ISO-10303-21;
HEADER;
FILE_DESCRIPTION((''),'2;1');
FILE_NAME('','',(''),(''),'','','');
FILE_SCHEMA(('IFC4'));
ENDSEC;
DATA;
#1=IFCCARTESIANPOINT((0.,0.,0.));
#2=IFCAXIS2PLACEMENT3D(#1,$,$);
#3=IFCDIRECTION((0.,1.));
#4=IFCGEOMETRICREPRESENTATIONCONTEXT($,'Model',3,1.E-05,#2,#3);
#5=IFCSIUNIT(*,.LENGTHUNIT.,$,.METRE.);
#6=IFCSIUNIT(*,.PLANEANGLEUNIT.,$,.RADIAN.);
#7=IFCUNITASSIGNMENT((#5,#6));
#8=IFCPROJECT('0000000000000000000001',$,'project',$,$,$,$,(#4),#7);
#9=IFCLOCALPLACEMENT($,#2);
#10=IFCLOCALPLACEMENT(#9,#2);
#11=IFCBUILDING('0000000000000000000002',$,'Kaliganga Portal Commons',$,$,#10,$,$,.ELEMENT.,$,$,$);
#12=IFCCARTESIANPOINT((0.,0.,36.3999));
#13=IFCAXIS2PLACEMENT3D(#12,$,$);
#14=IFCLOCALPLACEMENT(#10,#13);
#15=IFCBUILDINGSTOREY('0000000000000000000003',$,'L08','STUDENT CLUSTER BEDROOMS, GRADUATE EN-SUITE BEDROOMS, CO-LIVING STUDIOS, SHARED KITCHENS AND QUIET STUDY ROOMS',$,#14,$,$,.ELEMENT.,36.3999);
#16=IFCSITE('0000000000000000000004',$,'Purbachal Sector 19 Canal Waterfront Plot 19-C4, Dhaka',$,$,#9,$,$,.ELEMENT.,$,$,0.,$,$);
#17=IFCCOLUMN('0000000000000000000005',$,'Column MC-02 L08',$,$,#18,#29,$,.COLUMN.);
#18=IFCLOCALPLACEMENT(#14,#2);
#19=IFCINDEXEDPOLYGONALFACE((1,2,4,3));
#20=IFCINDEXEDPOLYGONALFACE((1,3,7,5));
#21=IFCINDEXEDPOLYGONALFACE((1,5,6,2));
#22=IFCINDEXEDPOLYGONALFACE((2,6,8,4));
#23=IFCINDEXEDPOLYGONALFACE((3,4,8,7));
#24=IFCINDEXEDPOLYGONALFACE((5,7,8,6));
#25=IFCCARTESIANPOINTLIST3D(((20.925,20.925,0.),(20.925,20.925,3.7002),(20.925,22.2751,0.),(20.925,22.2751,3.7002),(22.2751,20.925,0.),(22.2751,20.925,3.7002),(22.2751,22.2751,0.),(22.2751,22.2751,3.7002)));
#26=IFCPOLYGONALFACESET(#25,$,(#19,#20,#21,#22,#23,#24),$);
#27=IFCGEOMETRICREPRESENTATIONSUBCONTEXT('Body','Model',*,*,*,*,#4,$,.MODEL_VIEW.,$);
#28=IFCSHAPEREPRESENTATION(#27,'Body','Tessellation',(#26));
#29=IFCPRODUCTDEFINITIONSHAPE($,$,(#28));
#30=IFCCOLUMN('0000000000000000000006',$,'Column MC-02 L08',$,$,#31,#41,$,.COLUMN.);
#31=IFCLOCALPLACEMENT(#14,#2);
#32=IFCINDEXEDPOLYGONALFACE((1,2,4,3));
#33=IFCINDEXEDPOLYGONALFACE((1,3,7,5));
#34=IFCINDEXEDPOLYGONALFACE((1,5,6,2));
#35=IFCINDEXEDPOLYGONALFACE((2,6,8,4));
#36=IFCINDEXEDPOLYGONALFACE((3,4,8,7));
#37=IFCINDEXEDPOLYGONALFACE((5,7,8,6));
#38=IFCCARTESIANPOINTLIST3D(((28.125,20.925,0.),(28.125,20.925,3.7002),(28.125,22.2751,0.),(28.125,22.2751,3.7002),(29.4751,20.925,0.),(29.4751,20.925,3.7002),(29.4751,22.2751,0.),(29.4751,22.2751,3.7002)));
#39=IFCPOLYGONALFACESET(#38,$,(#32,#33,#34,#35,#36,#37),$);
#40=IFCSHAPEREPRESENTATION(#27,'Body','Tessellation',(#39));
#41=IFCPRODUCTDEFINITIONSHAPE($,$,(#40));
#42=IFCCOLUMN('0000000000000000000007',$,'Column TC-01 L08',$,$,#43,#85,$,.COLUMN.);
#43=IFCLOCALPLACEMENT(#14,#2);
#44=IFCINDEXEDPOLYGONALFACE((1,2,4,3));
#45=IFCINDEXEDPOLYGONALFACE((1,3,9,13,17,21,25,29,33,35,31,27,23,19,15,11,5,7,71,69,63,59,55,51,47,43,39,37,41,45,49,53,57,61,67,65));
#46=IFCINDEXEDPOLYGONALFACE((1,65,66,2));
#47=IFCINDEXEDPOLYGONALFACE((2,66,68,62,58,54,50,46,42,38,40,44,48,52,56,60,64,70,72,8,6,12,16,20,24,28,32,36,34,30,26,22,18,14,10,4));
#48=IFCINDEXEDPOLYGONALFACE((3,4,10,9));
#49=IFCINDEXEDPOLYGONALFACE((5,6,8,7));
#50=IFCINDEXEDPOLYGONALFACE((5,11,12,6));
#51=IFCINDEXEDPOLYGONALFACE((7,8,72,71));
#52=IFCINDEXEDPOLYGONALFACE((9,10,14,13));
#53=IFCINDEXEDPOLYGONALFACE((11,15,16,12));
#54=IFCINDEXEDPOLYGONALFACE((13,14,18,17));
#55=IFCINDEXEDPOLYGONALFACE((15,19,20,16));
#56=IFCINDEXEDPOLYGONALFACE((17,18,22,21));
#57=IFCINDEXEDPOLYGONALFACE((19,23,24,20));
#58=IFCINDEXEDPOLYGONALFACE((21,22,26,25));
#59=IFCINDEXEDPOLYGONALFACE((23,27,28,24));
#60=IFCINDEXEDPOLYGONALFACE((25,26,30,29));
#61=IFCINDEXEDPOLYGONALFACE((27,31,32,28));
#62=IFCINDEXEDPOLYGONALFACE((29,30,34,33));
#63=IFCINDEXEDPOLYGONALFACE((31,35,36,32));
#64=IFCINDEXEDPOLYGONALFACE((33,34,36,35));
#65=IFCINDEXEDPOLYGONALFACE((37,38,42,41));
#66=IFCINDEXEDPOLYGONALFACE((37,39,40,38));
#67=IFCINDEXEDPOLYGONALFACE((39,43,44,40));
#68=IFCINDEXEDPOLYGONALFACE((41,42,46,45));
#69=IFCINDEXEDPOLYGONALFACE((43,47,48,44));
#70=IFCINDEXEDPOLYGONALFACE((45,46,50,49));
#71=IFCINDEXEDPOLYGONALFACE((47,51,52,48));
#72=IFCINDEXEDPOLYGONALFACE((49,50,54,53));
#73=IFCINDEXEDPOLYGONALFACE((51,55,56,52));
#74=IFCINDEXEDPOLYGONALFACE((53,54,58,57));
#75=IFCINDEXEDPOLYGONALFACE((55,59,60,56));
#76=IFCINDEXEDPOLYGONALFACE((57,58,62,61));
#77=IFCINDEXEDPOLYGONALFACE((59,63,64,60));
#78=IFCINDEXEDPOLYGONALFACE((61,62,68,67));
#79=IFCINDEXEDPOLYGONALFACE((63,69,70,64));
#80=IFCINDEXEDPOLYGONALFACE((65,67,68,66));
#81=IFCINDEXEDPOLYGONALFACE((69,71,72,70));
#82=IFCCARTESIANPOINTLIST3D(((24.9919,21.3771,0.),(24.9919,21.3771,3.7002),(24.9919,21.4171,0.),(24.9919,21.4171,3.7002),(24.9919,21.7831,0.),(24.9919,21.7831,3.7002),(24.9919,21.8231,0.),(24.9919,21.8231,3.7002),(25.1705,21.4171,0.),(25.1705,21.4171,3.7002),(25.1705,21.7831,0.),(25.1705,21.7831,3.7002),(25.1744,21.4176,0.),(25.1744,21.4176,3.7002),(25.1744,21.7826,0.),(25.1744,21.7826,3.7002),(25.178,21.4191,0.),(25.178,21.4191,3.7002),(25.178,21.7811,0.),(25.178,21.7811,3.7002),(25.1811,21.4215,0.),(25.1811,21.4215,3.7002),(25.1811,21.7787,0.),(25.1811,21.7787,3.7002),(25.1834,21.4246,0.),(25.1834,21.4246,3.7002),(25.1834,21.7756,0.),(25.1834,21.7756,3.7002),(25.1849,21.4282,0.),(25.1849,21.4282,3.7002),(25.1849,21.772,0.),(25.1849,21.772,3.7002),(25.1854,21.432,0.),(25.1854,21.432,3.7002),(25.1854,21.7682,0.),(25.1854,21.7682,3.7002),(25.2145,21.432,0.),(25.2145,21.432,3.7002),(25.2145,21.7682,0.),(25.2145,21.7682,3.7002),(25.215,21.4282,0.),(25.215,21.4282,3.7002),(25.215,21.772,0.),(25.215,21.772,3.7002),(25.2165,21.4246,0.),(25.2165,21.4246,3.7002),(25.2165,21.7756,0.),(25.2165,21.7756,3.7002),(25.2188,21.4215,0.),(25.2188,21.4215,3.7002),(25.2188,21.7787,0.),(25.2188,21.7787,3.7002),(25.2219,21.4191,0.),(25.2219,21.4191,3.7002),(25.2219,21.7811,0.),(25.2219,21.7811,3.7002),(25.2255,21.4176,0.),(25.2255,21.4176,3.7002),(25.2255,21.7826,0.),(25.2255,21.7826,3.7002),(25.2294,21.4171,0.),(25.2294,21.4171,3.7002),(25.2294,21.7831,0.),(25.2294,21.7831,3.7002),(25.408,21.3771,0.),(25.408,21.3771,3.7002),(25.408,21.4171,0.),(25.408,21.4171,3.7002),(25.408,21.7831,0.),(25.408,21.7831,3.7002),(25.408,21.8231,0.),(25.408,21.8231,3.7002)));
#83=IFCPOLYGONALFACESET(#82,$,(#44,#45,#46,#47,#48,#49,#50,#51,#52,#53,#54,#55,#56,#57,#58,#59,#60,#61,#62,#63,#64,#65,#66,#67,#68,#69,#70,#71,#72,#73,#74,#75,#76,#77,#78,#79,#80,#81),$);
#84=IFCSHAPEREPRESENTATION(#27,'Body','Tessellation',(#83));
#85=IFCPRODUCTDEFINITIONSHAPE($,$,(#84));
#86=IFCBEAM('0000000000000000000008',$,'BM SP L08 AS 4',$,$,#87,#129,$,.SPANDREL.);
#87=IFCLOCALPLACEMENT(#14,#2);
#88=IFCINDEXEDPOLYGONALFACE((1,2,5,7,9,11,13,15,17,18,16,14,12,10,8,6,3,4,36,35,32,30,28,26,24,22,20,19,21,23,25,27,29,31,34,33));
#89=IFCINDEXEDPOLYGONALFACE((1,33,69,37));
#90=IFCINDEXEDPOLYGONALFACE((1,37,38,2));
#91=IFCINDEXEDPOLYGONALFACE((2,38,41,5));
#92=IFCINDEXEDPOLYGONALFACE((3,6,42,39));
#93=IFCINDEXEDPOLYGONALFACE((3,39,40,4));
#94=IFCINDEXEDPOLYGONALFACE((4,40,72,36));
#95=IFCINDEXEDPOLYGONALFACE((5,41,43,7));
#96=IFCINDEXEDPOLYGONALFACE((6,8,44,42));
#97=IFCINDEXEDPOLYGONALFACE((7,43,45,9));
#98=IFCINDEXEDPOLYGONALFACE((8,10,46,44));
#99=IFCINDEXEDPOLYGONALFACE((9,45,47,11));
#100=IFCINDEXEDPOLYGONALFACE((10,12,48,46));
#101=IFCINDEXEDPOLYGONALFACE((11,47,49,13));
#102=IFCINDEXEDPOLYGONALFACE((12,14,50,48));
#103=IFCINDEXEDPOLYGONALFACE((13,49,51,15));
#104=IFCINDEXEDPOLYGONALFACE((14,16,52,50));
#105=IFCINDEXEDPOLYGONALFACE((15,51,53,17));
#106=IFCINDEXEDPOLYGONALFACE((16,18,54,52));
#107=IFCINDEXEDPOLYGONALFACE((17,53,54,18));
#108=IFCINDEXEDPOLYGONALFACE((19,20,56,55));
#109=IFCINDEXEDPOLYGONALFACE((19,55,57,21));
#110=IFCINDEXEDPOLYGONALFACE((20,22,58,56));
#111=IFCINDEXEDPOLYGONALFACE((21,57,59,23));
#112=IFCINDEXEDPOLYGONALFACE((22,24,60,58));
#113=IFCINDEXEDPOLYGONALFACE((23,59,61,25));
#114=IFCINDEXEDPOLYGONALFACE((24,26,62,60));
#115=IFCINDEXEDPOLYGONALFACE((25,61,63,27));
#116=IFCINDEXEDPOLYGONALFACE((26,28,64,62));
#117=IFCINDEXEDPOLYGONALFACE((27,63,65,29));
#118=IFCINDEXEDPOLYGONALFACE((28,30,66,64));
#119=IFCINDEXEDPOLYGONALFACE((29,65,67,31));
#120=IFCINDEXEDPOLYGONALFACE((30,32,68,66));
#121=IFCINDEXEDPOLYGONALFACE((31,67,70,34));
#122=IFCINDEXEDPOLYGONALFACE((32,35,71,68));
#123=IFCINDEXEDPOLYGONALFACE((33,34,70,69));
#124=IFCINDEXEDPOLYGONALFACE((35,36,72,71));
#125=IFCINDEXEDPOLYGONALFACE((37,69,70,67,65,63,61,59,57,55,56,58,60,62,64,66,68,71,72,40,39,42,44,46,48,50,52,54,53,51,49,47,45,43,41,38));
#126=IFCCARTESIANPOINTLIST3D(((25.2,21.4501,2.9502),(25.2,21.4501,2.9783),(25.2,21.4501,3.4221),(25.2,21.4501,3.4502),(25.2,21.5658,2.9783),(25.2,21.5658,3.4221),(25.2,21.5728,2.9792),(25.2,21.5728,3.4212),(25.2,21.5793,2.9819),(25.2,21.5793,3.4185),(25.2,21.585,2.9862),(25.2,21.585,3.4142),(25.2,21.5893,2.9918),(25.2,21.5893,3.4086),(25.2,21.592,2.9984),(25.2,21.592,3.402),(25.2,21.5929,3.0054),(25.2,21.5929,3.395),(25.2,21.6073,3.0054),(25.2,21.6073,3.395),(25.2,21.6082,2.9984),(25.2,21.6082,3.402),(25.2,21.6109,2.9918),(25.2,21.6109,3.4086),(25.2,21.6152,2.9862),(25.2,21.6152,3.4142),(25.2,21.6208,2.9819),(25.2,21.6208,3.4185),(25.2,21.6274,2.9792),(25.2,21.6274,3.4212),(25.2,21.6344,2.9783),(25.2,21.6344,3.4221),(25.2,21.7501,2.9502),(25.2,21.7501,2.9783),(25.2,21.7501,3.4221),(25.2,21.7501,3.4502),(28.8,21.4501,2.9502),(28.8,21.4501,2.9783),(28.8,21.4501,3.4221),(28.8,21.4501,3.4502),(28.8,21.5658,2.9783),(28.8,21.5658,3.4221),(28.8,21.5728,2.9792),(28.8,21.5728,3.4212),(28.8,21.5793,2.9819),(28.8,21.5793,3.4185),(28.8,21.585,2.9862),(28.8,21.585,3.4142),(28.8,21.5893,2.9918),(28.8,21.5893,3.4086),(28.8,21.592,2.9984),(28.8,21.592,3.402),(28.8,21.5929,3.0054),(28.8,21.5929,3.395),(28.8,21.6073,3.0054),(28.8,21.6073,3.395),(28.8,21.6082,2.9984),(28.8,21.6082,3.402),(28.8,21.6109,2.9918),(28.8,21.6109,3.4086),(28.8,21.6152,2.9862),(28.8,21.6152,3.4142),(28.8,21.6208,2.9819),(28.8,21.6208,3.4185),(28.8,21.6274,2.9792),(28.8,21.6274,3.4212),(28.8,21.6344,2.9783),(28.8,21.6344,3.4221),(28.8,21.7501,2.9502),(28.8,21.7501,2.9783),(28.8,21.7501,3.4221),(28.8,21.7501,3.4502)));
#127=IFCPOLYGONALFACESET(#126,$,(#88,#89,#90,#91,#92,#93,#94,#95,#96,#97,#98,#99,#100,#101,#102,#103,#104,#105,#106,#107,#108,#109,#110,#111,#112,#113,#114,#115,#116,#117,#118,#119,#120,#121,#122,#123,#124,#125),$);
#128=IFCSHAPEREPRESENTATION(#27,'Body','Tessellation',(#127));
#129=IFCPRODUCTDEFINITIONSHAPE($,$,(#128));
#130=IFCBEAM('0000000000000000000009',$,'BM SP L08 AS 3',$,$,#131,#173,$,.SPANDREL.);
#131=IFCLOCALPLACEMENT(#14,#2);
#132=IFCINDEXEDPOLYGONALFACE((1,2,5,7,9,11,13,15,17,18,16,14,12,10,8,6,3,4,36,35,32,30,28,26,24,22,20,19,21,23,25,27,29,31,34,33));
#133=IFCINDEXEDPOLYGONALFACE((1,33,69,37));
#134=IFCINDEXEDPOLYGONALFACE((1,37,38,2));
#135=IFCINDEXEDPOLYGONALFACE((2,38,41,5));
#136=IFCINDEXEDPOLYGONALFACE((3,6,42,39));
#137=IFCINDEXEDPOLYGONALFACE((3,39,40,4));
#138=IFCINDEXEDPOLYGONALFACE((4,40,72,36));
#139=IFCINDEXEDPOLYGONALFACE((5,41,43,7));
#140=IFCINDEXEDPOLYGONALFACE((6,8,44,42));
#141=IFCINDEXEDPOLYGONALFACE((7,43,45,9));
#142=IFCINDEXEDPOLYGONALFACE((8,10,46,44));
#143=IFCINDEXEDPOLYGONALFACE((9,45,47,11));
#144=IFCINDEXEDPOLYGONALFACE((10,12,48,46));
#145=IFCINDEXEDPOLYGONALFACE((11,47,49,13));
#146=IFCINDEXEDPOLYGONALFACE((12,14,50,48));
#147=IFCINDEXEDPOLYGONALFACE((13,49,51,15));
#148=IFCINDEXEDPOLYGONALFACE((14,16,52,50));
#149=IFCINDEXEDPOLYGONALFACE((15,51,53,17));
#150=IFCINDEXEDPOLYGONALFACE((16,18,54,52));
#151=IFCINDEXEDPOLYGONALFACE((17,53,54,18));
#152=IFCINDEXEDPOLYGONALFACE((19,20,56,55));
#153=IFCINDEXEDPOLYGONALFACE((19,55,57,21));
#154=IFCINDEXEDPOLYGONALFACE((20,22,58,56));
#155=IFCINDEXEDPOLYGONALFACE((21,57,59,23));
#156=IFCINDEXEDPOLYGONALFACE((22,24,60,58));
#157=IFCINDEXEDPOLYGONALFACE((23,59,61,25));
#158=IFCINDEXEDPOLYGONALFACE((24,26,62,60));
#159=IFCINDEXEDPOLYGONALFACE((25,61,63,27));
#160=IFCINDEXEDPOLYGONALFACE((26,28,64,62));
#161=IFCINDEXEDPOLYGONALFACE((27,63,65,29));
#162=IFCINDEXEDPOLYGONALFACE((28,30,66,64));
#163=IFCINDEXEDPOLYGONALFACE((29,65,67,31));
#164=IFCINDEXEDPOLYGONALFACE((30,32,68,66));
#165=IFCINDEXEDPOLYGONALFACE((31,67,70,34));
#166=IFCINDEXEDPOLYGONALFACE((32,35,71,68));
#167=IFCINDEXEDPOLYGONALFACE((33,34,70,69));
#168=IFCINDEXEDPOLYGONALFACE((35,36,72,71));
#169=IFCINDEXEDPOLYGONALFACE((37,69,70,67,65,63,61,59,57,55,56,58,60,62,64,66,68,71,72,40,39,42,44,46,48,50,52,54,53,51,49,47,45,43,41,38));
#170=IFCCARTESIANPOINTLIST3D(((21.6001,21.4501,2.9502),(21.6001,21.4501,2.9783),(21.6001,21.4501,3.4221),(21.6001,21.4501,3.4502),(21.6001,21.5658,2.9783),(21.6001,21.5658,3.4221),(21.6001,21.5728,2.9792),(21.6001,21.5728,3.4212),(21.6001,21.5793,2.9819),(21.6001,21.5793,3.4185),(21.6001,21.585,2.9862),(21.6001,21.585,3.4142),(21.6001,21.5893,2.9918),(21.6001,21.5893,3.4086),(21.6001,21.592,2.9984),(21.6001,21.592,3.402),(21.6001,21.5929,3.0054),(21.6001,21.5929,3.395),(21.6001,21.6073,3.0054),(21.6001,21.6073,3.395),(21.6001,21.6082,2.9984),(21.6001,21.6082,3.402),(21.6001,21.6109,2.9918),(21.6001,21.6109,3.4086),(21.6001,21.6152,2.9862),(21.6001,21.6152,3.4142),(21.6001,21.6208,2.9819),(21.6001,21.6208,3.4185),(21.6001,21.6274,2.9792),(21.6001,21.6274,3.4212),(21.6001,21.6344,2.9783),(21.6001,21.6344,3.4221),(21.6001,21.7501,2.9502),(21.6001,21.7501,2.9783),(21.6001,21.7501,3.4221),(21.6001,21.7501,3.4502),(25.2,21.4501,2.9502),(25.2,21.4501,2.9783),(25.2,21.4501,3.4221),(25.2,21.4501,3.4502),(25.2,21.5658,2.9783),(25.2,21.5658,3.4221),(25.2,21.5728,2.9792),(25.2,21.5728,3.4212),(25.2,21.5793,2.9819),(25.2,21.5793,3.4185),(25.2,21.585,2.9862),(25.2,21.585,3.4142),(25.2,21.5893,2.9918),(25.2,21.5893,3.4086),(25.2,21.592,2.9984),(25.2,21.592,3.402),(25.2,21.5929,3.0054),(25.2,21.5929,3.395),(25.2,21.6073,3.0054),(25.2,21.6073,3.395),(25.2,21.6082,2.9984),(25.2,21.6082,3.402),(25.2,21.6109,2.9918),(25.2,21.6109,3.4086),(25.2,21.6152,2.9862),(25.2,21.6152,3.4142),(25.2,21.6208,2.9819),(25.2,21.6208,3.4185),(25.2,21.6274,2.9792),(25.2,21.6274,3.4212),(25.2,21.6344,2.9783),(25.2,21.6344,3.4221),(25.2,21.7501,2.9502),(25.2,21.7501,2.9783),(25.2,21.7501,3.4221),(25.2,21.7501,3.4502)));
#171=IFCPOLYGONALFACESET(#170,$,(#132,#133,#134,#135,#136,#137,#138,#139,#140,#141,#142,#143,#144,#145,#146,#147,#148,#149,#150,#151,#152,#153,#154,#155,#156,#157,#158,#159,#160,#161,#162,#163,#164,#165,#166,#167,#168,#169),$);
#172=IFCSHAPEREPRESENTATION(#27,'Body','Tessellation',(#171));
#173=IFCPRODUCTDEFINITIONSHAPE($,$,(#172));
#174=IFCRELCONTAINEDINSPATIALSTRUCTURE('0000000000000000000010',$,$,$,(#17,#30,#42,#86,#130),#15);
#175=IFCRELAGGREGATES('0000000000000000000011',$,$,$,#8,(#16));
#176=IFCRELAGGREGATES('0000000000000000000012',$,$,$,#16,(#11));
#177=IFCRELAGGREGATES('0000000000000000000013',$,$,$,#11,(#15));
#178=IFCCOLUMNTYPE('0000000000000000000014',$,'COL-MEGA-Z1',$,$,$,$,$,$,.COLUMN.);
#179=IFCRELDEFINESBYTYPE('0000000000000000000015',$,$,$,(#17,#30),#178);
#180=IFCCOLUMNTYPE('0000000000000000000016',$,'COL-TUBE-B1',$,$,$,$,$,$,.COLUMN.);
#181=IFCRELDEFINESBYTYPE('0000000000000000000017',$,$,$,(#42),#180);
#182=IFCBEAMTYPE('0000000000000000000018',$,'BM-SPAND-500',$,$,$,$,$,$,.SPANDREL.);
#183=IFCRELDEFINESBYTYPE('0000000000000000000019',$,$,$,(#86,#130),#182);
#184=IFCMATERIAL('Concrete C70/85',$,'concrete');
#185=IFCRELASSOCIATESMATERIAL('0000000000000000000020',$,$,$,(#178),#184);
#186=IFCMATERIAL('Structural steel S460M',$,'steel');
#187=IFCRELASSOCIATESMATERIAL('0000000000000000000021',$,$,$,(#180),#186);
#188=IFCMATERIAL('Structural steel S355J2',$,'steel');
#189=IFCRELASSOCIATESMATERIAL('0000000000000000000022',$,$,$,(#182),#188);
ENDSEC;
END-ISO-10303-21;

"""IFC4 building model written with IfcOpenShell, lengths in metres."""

from ifc_helpers import new_model, si_unit, direction, frame, origin, origin_2d, place, context, subcontext, project, spatial, rectangle, i_section, extrude, source, transform, mapped, material, material_profile, profile_set, type_object, element, save


model = new_model("IFC4")

# Units and contexts
model_context = context("Model", 3, precision=1e-05, world=origin(), true_north=direction((0.0, 1.0)))
body_context = subcontext(model_context, "Body", "Model", "MODEL_VIEW")
ifc_project = project(units=[si_unit("LENGTHUNIT", "METRE"), si_unit("PLANEANGLEUNIT", "RADIAN")], contexts=[model_context])

# Site, building, storey
site_placement = place(None, origin())
site = spatial("IfcSite", under=ifc_project, at=site_placement, Name="Purbachal Sector 19 Canal Waterfront Plot 19-C4, Dhaka", CompositionType="ELEMENT", RefElevation=0.0)
building_placement = place(site_placement, origin())
building = spatial("IfcBuilding", under=site, at=building_placement, Name="Kaliganga Portal Commons", CompositionType="ELEMENT")
storey_placement = place(building_placement, frame((0.0, 0.0, 36.3999)))
storey = spatial("IfcBuildingStorey", under=building, at=storey_placement, Name="L08", Description="STUDENT CLUSTER BEDROOMS, GRADUATE EN-SUITE BEDROOMS, CO-LIVING STUDIOS, SHARED KITCHENS AND QUIET STUDY ROOMS", CompositionType="ELEMENT", Elevation=36.3999)

# Columns
ifc_material_1 = material(Name="Concrete C70/85", Category="concrete")
ifc_material_profile_1 = material_profile(ifc_material_1, rectangle(XDim=1.3501, YDim=1.3501, at=origin_2d()), Name="RC 1350x1350")
ifc_profile_set_1 = profile_set([ifc_material_profile_1], Name="Concrete C70/85")
column_type_1 = type_object("IfcColumnType", Name="COL-MEGA-Z1", PredefinedType="COLUMN", material=ifc_profile_set_1)
shared_shape_1 = source(origin(), body_context, "Body", "SweptSolid", [
    extrude(rectangle(XDim=1.3501, YDim=1.3501, at=origin_2d()), origin(), (0.0, 0.0, 1.0), 3.7002),
])
for number, where, z_axis, x_axis, name in (
    (1, (21.6001, 21.6001, 0.0), (0.0, 0.0, 1.0), (1.0, 0.0, 0.0), "Column MC-02 L08"),
    (2, (28.8, 21.6001, 0.0), (0.0, 0.0, 1.0), (1.0, 0.0, 0.0), "Column MC-02 L08"),
):
    element("IfcColumn", number, at=place(storey_placement, frame(where, z_axis=z_axis, x_axis=x_axis)), inside=storey, type_object=column_type_1, Name=name, PredefinedType="COLUMN", context=body_context, shape_type="MappedRepresentation", body=[
        mapped(shared_shape_1, transform((0.0, 0.0, 0.0), x_axis=(1.0, 0.0, 0.0), y_axis=(0.0, 1.0, 0.0), z_axis=(0.0, 0.0, 1.0), scale=1.0)),
    ])
ifc_material_2 = material(Name="Structural steel S460M", Category="steel")
ifc_material_profile_2 = material_profile(ifc_material_2, i_section(OverallWidth=0.416, OverallDepth=0.446, WebThickness=0.0291, FlangeThickness=0.04, FilletRadius=0.0149, at=origin_2d()), Name="HD 400x509")
ifc_profile_set_2 = profile_set([ifc_material_profile_2], Name="Structural steel S460M wide-flange")
column_type_2 = type_object("IfcColumnType", Name="COL-TUBE-B1", PredefinedType="COLUMN", material=ifc_profile_set_2)
shared_shape_2 = source(origin(), body_context, "Body", "SweptSolid", [
    extrude(i_section(OverallWidth=0.416, OverallDepth=0.446, WebThickness=0.0291, FlangeThickness=0.04, FilletRadius=0.0149, at=origin_2d()), origin(), (0.0, 0.0, 1.0), 3.7002),
])
column_placement = place(storey_placement, frame((25.2, 21.6001, 0.0), z_axis=(0.0, 0.0, 1.0), x_axis=(1.0, 0.0, 0.0)))
element("IfcColumn", 3, at=column_placement, inside=storey, type_object=column_type_2, Name="Column TC-01 L08", PredefinedType="COLUMN", context=body_context, shape_type="MappedRepresentation", body=[
    mapped(shared_shape_2, transform((0.0, 0.0, 0.0), x_axis=(1.0, 0.0, 0.0), y_axis=(0.0, 1.0, 0.0), z_axis=(0.0, 0.0, 1.0), scale=1.0)),
])

# Beams
ifc_material_3 = material(Name="Structural steel S355J2", Category="steel")
ifc_material_profile_3 = material_profile(ifc_material_3, i_section(OverallWidth=0.3, OverallDepth=0.5, WebThickness=0.0144, FlangeThickness=0.0281, FilletRadius=0.0271, at=origin_2d()), Name="HE 500 B")
ifc_profile_set_3 = profile_set([ifc_material_profile_3], Name="Structural steel S355J2 wide-flange")
beam_type_1 = type_object("IfcBeamType", Name="BM-SPAND-500", PredefinedType="SPANDREL", material=ifc_profile_set_3)
shared_shape_3 = source(origin(), body_context, "Body", "SweptSolid", [
    extrude(i_section(OverallWidth=0.3, OverallDepth=0.5, WebThickness=0.0144, FlangeThickness=0.0281, FilletRadius=0.0271, at=origin_2d()), origin(), (0.0, 0.0, 1.0), 3.6001),
])
beam_1_placement = place(storey_placement, frame((25.2, 21.6001, 3.2002), z_axis=(1.0, 0.0, 0.0), x_axis=(0.0, 1.0, 0.0)))
element("IfcBeam", 4, at=beam_1_placement, inside=storey, type_object=beam_type_1, Name="BM SP L08 AS 4", PredefinedType="SPANDREL", context=body_context, shape_type="MappedRepresentation", body=[
    mapped(shared_shape_3, transform((0.0, 0.0, 0.0), x_axis=(1.0, 0.0, 0.0), y_axis=(0.0, 1.0, 0.0), z_axis=(0.0, 0.0, 1.0), scale=1.0)),
])
shared_shape_4 = source(origin(), body_context, "Body", "SweptSolid", [
    extrude(i_section(OverallWidth=0.3, OverallDepth=0.5, WebThickness=0.0144, FlangeThickness=0.0281, FilletRadius=0.0271, at=origin_2d()), origin(), (0.0, 0.0, 1.0), 3.5999),
])
for number, where, z_axis, x_axis, name in (
    (5, (21.6001, 21.6001, 3.2002), (1.0, 0.0, 0.0), (0.0, 1.0, 0.0), "BM SP L08 AS 3"),
):
    element("IfcBeam", number, at=place(storey_placement, frame(where, z_axis=z_axis, x_axis=x_axis)), inside=storey, type_object=beam_type_1, Name=name, PredefinedType="SPANDREL", context=body_context, shape_type="MappedRepresentation", body=[
        mapped(shared_shape_4, transform((0.0, 0.0, 0.0), x_axis=(1.0, 0.0, 0.0), y_axis=(0.0, 1.0, 0.0), z_axis=(0.0, 0.0, 1.0), scale=1.0)),
    ])

save(model, "model.ifc")
